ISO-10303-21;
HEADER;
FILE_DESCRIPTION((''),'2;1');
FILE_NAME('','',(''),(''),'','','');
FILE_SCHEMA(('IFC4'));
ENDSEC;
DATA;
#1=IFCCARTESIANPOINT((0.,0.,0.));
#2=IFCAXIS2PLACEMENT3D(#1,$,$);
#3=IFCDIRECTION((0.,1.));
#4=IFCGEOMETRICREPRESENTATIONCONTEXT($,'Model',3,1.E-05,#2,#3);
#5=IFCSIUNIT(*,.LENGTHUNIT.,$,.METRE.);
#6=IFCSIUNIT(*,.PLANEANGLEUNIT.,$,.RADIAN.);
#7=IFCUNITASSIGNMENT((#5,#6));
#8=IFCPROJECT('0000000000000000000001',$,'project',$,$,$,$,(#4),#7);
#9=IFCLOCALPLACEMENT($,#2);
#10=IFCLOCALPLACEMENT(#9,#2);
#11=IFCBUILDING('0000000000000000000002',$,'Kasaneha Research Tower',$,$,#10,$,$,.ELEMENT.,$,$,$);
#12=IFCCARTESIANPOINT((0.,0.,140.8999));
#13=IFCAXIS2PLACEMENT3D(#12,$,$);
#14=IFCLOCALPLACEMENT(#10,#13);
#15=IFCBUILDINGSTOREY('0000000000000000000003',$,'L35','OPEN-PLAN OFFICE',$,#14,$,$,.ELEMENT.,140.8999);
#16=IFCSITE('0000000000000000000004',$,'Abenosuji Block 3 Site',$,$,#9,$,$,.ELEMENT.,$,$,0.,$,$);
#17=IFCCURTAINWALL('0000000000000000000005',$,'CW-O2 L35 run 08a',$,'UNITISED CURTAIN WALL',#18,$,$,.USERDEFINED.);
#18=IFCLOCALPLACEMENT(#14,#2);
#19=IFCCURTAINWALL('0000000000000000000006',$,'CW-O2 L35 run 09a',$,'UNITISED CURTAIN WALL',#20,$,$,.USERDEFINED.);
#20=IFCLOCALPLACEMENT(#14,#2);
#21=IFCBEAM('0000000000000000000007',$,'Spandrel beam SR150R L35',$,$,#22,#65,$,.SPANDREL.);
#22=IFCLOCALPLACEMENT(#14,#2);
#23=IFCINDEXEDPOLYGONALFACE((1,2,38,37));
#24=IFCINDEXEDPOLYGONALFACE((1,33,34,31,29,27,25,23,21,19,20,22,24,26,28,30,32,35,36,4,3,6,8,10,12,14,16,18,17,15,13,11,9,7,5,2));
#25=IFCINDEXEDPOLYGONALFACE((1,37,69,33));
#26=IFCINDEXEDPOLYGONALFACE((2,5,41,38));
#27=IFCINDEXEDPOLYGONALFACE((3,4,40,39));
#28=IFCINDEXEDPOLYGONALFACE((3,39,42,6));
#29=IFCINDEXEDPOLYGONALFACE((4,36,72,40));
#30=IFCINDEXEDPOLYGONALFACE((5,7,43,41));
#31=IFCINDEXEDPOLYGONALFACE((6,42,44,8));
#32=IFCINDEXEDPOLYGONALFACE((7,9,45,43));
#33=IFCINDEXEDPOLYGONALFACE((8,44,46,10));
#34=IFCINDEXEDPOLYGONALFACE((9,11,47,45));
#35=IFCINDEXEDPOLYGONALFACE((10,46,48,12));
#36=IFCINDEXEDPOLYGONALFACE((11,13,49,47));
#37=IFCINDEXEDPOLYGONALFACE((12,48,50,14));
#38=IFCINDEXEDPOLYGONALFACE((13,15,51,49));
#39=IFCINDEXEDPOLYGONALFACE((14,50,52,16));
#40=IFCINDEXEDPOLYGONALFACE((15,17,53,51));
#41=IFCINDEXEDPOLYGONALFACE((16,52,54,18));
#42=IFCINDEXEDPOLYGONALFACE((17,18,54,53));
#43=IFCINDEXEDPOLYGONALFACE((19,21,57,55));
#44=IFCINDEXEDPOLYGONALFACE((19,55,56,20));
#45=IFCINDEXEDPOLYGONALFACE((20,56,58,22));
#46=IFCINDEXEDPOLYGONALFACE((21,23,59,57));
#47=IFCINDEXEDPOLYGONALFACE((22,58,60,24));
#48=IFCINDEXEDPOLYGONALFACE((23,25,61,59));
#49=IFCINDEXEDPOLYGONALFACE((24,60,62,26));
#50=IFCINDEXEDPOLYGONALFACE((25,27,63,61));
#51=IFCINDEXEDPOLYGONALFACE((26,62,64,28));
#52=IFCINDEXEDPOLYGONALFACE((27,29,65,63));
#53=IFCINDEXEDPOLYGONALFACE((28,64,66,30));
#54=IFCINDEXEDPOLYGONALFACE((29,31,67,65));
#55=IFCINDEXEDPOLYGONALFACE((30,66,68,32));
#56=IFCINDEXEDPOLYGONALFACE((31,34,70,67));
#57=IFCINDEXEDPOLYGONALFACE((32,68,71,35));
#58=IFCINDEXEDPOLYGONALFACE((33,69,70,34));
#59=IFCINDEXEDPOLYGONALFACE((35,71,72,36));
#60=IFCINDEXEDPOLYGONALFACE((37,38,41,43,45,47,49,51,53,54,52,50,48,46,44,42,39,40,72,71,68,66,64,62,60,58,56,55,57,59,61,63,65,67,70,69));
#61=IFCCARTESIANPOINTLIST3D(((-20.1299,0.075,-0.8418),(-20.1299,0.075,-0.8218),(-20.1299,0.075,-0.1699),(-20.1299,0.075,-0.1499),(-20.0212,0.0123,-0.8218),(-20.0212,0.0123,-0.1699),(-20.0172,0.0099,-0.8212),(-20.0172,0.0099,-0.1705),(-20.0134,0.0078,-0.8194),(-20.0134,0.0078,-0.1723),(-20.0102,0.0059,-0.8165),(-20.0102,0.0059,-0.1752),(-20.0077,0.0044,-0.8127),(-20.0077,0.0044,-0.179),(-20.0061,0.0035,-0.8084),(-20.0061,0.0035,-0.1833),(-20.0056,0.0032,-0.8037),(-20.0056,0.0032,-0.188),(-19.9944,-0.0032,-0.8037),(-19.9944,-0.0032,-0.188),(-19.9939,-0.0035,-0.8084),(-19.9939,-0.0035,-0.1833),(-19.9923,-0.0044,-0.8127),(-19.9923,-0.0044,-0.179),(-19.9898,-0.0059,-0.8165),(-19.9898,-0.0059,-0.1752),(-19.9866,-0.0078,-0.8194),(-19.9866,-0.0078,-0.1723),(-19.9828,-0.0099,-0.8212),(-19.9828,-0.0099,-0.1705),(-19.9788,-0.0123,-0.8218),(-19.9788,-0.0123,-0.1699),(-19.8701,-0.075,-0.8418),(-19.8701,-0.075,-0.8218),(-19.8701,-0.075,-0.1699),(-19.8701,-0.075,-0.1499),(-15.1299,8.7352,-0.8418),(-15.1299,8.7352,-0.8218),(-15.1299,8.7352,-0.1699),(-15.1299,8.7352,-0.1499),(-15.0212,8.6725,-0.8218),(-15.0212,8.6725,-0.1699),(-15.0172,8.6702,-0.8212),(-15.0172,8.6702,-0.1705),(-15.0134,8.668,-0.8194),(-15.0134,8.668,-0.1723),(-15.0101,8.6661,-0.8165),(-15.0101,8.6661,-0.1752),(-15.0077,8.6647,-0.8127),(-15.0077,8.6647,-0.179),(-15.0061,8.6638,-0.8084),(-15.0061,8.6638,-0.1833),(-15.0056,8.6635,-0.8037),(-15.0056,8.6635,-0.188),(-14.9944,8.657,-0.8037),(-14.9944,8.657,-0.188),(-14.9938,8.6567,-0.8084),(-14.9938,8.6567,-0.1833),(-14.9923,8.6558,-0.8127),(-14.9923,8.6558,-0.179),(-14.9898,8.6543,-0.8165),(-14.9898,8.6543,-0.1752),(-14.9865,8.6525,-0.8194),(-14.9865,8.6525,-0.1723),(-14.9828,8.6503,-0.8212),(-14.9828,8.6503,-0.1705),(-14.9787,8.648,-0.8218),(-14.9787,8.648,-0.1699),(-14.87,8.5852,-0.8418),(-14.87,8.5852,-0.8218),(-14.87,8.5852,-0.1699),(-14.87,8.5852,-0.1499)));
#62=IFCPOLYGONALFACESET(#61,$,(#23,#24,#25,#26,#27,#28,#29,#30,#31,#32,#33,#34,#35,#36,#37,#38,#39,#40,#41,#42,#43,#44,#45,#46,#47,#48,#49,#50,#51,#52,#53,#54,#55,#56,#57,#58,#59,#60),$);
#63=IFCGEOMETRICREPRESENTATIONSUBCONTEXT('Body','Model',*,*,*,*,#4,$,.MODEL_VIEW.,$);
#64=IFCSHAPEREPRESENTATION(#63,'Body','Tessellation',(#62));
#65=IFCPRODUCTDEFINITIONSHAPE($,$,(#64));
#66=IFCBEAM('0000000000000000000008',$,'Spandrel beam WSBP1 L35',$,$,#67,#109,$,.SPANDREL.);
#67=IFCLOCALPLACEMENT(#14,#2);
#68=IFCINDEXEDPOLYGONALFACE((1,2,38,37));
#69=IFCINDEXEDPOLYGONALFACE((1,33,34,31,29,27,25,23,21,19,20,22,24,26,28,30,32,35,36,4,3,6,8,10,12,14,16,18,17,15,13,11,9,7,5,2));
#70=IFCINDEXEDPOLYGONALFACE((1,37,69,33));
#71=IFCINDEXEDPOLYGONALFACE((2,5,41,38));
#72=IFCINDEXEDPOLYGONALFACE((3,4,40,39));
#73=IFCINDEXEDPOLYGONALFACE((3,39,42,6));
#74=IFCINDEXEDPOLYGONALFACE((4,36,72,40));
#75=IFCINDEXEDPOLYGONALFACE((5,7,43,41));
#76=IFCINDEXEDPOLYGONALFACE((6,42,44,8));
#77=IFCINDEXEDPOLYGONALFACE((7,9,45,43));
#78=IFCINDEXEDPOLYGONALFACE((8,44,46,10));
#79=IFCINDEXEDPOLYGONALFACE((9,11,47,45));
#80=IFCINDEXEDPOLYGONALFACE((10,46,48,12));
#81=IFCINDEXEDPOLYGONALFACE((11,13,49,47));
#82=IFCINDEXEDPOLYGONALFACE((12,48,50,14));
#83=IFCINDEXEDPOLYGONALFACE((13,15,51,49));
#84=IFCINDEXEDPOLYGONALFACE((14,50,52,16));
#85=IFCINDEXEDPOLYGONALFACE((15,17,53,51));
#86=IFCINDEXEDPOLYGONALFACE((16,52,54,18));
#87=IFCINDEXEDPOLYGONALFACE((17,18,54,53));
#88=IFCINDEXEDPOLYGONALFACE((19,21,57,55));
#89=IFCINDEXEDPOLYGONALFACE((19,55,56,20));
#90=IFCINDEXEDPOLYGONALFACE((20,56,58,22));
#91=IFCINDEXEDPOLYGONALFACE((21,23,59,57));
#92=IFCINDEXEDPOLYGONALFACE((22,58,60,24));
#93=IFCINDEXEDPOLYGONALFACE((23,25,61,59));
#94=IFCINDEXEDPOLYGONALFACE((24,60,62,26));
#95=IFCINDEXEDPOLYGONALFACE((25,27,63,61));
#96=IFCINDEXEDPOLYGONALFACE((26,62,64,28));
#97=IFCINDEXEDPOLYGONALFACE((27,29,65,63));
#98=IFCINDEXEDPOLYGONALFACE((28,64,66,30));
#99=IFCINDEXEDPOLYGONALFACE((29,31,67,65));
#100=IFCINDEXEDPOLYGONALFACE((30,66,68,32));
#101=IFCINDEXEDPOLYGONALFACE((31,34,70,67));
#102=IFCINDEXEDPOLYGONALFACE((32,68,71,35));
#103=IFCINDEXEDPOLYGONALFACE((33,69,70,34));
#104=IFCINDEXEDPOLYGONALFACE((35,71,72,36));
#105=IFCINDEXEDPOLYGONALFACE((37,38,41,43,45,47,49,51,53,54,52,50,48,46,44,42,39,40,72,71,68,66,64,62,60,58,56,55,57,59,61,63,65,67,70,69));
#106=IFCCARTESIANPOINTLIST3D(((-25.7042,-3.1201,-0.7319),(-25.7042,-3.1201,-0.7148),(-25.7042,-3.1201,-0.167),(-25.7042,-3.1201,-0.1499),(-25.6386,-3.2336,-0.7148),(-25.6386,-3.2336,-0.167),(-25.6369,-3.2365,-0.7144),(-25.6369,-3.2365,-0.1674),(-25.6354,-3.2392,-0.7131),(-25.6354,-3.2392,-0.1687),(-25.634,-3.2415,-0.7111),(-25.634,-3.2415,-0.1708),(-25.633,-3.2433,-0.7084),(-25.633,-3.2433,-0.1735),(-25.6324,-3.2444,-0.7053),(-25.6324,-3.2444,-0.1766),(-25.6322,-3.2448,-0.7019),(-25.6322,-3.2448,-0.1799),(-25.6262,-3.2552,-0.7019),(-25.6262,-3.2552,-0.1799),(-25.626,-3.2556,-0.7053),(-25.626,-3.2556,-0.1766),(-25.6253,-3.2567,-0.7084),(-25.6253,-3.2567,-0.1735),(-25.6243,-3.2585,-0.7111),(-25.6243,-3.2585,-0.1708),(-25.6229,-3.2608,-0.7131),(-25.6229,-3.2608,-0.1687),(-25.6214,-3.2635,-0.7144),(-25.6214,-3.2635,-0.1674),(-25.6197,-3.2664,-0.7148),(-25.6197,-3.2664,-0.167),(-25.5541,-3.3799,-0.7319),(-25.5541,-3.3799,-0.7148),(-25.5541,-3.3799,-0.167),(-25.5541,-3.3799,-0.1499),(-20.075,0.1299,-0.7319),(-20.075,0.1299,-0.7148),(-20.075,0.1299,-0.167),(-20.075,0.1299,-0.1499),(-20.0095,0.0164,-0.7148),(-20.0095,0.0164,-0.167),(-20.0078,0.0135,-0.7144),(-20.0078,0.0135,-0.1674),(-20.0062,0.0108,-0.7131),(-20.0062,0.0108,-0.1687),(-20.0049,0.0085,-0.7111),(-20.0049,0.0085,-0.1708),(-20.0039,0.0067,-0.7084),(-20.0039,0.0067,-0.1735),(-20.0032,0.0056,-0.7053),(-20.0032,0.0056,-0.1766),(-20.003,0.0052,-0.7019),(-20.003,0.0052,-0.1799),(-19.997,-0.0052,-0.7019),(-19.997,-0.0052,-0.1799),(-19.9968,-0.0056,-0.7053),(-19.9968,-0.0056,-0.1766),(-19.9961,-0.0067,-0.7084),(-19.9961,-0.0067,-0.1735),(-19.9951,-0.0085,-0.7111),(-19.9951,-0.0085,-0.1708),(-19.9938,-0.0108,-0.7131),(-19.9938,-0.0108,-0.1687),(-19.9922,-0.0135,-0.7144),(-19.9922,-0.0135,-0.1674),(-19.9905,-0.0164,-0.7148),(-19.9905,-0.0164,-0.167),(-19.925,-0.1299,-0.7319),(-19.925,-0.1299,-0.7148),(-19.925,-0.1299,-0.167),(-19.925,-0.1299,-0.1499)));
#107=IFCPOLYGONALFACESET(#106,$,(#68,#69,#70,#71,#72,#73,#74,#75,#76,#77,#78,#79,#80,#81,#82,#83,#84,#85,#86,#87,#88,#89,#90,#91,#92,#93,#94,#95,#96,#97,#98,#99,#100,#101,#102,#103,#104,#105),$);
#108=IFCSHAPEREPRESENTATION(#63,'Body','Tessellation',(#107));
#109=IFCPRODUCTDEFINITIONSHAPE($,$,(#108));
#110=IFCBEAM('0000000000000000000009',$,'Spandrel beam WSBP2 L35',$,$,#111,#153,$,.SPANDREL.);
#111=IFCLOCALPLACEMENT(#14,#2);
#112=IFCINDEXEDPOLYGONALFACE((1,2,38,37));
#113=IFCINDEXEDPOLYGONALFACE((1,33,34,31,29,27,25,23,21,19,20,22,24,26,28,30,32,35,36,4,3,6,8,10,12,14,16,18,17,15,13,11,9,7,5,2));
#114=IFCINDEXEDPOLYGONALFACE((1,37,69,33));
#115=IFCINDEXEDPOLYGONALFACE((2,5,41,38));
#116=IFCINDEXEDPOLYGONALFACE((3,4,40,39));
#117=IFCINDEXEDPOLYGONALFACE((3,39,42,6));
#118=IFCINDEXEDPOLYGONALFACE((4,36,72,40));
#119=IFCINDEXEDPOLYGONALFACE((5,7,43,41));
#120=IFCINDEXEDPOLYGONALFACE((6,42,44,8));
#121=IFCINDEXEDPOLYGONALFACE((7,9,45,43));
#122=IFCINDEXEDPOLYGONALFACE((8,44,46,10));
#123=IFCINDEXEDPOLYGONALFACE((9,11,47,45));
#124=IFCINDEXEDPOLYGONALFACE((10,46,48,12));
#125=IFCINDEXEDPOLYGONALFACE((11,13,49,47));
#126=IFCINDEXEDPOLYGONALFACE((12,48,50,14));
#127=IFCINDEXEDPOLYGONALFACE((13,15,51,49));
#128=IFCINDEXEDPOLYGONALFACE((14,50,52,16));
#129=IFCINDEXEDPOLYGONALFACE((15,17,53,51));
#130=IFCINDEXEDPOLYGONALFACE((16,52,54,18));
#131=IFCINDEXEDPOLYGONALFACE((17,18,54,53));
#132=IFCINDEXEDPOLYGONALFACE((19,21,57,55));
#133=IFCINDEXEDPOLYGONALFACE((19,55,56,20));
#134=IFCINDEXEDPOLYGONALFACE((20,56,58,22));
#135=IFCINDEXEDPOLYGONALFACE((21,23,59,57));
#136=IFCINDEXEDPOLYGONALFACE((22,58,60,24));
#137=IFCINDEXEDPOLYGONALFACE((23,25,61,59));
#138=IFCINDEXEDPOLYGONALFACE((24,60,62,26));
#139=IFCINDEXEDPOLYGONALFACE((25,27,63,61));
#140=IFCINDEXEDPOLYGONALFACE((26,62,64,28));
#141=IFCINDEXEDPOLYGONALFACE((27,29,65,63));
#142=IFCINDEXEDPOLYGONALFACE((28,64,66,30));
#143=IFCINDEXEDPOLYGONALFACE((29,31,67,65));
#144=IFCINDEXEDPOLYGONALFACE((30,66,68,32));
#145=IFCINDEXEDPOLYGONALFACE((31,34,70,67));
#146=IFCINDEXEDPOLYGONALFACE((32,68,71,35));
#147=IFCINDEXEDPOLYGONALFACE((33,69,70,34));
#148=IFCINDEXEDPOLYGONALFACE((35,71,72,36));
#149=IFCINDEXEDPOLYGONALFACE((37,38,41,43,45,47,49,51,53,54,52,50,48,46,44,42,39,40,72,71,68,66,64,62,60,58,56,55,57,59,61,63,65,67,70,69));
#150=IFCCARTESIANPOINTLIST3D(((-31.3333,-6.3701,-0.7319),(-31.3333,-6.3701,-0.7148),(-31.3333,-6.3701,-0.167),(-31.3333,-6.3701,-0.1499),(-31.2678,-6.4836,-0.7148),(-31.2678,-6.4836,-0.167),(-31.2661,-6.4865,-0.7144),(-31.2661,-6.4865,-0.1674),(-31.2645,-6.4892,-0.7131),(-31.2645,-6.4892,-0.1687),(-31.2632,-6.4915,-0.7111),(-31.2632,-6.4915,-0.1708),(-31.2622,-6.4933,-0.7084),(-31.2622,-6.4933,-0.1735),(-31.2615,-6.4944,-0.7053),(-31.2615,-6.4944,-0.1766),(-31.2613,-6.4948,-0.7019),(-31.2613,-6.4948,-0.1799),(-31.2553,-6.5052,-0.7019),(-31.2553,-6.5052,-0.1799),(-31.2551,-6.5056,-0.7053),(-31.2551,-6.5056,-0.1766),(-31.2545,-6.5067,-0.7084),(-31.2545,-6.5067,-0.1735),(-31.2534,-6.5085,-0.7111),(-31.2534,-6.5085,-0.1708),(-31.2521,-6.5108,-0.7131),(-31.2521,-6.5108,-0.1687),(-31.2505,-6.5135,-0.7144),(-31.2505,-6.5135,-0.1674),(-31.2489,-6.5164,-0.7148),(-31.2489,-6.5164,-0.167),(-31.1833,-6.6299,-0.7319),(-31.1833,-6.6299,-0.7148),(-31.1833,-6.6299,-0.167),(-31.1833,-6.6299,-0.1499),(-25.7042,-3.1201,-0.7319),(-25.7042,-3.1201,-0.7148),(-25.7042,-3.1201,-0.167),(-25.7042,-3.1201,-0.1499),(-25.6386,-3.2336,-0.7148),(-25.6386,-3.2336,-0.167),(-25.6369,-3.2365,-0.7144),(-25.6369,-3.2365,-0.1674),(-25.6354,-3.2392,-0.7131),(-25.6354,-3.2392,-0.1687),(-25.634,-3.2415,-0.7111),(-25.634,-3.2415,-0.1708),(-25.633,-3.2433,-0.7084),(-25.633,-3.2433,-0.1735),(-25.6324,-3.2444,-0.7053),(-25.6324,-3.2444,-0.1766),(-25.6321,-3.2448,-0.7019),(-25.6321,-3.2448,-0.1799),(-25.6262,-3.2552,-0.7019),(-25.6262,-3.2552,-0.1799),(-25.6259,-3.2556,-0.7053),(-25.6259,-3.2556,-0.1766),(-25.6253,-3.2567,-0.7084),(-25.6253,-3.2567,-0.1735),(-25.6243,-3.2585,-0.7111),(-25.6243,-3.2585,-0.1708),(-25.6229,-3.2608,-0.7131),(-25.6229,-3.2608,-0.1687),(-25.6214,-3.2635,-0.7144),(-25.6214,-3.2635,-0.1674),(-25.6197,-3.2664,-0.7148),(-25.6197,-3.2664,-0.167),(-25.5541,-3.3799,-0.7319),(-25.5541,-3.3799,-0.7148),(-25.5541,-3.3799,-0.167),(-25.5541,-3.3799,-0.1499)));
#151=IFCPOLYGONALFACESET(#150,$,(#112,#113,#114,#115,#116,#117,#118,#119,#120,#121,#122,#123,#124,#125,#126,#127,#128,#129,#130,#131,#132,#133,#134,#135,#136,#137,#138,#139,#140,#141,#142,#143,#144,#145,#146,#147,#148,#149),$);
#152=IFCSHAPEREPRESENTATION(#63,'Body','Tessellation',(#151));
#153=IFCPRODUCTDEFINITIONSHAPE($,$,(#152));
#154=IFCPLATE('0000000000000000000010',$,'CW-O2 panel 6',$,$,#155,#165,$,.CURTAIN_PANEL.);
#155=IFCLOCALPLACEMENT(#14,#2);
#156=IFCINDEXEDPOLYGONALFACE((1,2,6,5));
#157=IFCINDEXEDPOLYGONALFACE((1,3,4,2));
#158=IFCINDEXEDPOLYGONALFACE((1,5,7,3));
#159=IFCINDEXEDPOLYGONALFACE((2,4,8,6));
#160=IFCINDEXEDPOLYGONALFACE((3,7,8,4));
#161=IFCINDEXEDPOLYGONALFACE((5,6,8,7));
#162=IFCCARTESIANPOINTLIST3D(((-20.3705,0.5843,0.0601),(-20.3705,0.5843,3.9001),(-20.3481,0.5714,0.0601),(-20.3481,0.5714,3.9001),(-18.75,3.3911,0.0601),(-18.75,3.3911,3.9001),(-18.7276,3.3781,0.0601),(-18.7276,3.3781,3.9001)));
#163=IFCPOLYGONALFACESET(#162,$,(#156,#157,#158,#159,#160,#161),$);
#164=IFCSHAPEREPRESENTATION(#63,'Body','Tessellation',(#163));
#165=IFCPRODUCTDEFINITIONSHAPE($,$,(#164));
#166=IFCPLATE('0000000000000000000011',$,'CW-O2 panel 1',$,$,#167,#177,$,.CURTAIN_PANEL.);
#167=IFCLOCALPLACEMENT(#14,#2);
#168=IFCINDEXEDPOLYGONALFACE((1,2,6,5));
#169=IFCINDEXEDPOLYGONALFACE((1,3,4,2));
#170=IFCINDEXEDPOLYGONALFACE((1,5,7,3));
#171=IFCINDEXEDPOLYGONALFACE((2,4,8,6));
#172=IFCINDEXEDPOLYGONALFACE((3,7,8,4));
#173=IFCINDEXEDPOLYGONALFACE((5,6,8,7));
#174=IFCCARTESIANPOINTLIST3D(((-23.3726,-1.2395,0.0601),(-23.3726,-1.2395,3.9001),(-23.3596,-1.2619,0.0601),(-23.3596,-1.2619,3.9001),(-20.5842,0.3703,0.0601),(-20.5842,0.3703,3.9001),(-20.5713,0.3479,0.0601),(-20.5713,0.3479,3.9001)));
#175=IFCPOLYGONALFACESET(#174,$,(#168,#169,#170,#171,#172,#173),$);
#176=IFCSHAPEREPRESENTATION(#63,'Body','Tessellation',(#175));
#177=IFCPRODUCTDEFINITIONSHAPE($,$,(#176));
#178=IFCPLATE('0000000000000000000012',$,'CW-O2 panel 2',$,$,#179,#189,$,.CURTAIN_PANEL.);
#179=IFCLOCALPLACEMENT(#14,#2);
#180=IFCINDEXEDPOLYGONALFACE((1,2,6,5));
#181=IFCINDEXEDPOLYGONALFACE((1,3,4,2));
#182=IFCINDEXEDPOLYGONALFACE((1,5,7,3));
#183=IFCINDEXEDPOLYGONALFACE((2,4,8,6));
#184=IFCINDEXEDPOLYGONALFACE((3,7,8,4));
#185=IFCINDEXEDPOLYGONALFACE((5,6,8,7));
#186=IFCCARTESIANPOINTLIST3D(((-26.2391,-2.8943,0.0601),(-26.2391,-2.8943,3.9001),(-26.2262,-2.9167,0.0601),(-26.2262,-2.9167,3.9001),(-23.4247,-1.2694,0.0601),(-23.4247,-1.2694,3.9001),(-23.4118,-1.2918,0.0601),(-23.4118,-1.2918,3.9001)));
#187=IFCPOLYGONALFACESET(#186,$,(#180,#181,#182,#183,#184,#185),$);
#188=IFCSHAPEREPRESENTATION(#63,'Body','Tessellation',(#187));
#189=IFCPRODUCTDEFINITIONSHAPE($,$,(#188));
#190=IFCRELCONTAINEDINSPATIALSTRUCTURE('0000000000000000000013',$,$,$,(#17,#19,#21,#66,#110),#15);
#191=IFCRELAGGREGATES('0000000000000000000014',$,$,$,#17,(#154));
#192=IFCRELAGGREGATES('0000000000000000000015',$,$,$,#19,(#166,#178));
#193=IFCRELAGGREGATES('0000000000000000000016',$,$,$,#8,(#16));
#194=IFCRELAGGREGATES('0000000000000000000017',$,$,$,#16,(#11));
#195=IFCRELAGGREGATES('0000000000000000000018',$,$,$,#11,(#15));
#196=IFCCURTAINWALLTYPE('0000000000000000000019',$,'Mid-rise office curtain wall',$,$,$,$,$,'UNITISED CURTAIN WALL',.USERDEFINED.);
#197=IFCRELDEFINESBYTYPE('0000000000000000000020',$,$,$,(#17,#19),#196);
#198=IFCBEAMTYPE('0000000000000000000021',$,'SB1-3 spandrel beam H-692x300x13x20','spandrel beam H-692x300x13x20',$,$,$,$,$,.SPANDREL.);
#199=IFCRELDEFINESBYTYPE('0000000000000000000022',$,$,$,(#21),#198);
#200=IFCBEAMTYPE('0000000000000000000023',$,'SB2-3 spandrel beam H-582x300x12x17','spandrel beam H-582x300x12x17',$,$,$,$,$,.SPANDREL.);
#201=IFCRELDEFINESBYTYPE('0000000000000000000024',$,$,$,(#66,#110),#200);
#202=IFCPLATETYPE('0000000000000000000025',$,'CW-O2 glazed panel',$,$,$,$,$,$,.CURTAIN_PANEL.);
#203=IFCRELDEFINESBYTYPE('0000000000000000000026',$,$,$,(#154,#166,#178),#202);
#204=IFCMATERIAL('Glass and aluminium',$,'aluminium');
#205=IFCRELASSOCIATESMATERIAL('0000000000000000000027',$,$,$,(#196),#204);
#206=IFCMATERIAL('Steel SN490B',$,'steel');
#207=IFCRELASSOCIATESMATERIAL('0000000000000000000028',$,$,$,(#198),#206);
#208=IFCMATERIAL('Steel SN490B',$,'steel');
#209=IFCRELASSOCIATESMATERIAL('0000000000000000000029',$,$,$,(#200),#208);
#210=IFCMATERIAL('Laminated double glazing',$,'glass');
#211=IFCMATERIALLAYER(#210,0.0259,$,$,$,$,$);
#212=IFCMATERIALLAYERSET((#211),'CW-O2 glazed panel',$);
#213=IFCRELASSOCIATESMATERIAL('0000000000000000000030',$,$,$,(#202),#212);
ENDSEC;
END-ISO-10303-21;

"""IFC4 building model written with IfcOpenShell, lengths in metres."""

from ifc_helpers import new_model, si_unit, direction, frame, origin, origin_2d, place, context, subcontext, project, spatial, rectangle, i_section, extrude, material, layer, layer_set, material_profile, profile_set, type_object, element, aggregate, save


model = new_model("IFC4")

# Units and contexts
model_context = context("Model", 3, precision=1e-05, world=origin(), true_north=direction((0.0, 1.0)))
body_context = subcontext(model_context, "Body", "Model", "MODEL_VIEW")
ifc_project = project(units=[si_unit("LENGTHUNIT", "METRE"), si_unit("PLANEANGLEUNIT", "RADIAN")], contexts=[model_context])

# Site, building, storey
site_placement = place(None, origin())
site = spatial("IfcSite", under=ifc_project, at=site_placement, Name="Abenosuji Block 3 Site", CompositionType="ELEMENT", RefElevation=0.0)
building_placement = place(site_placement, origin())
building = spatial("IfcBuilding", under=site, at=building_placement, Name="Kasaneha Research Tower", CompositionType="ELEMENT")
storey_placement = place(building_placement, frame((0.0, 0.0, 140.8999)))
storey = spatial("IfcBuildingStorey", under=building, at=storey_placement, Name="L35", Description="OPEN-PLAN OFFICE", CompositionType="ELEMENT", Elevation=140.8999)

# Curtain wall
ifc_material_1 = material(Name="Glass and aluminium", Category="aluminium")
curtain_wall_type = type_object("IfcCurtainWallType", Name="Mid-rise office curtain wall", ElementType="UNITISED CURTAIN WALL", PredefinedType="USERDEFINED", material=ifc_material_1)
curtain_wall_1_placement = place(storey_placement, origin())
curtain_wall_1 = element("IfcCurtainWall", 1, at=curtain_wall_1_placement, inside=storey, type_object=curtain_wall_type, Name="CW-O2 L35 run 08a", ObjectType="UNITISED CURTAIN WALL", PredefinedType="USERDEFINED")

# Curtain wall
curtain_wall_2_placement = place(storey_placement, origin())
curtain_wall_2 = element("IfcCurtainWall", 2, at=curtain_wall_2_placement, inside=storey, type_object=curtain_wall_type, Name="CW-O2 L35 run 09a", ObjectType="UNITISED CURTAIN WALL", PredefinedType="USERDEFINED")

# Beams
ifc_material_2 = material(Name="Steel SN490B", Category="steel")
ifc_material_profile_1 = material_profile(ifc_material_2, i_section(OverallWidth=0.3, OverallDepth=0.6919, WebThickness=0.0129, FlangeThickness=0.02, FilletRadius=0.0181, at=origin_2d()), Name="H-692x300x13x20")
ifc_profile_set_1 = profile_set([ifc_material_profile_1], Name="Steel SN490B")
beam_type_1 = type_object("IfcBeamType", Name="SB1-3 spandrel beam H-692x300x13x20", Description="spandrel beam H-692x300x13x20", PredefinedType="SPANDREL", material=ifc_profile_set_1)
beam_1_placement = place(storey_placement, frame((-20.0, 0.0, -0.4958), z_axis=(0.500004, 0.866023, 0.0), x_axis=(-0.866023, 0.500004, 0.0)))
element("IfcBeam", 3, at=beam_1_placement, inside=storey, type_object=beam_type_1, Name="Spandrel beam SR150R L35", PredefinedType="SPANDREL", context=body_context, shape_type="SweptSolid", body=[
    extrude(i_section(OverallWidth=0.3, OverallDepth=0.6919, WebThickness=0.0129, FlangeThickness=0.02, FilletRadius=0.0181, at=origin_2d()), origin(), (0.0, 0.0, 1.0), 10.0),
])
ifc_material_3 = material(Name="Steel SN490B", Category="steel")
ifc_material_profile_2 = material_profile(ifc_material_3, i_section(OverallWidth=0.3, OverallDepth=0.582, WebThickness=0.012, FlangeThickness=0.0171, FilletRadius=0.0129, at=origin_2d()), Name="H-582x300x12x17")
ifc_profile_set_2 = profile_set([ifc_material_profile_2], Name="Steel SN490B")
beam_type_2 = type_object("IfcBeamType", Name="SB2-3 spandrel beam H-582x300x12x17", Description="spandrel beam H-582x300x12x17", PredefinedType="SPANDREL", material=ifc_profile_set_2)
for number, where, z_axis, x_axis, name in (
    (4, (-20.0, 0.0, -0.4409), (-0.866025, -0.500001, 0.0), (0.500001, -0.866025, 0.0), "Spandrel beam WSBP1 L35"),
    (5, (-25.6292, -3.25, -0.4409), (-0.866025, -0.500001, 0.0), (0.500001, -0.866025, 0.0), "Spandrel beam WSBP2 L35"),
):
    element("IfcBeam", number, at=place(storey_placement, frame(where, z_axis=z_axis, x_axis=x_axis)), inside=storey, type_object=beam_type_2, Name=name, PredefinedType="SPANDREL", context=body_context, shape_type="SweptSolid", body=[
        extrude(i_section(OverallWidth=0.3, OverallDepth=0.582, WebThickness=0.012, FlangeThickness=0.0171, FilletRadius=0.0129, at=origin_2d()), origin(), (0.0, 0.0, 1.0), 6.5),
    ])

# Plates
ifc_material_4 = material(Name="Laminated double glazing", Category="glass")
ifc_layer_1 = layer(ifc_material_4, 0.0259)
ifc_layer_set_1 = layer_set([ifc_layer_1], Name="CW-O2 glazed panel")
plate_type = type_object("IfcPlateType", Name="CW-O2 glazed panel", PredefinedType="CURTAIN_PANEL", material=ifc_layer_set_1)
plate_1_placement = place(storey_placement, frame((-19.5491, 1.9812, 0.0601), z_axis=(0.0, 0.0, 1.0), x_axis=(-0.5, -0.866025, 0.0)))
plate_1 = element("IfcPlate", 6, at=plate_1_placement, type_object=plate_type, Name="CW-O2 panel 6", PredefinedType="CURTAIN_PANEL", context=body_context, shape_type="SweptSolid", body=[
    extrude(rectangle(XDim=3.241, YDim=0.0259, at=origin_2d()), origin(), (0.0, 0.0, 1.0), 3.8401),
])
aggregate(curtain_wall_1, [plate_1])
plate_2_placement = place(storey_placement, frame((-21.9719, -0.4458, 0.0601), z_axis=(0.0, 0.0, 1.0), x_axis=(-0.866025, -0.5, 0.0)))
plate_2 = element("IfcPlate", 7, at=plate_2_placement, type_object=plate_type, Name="CW-O2 panel 1", PredefinedType="CURTAIN_PANEL", context=body_context, shape_type="SweptSolid", body=[
    extrude(rectangle(XDim=3.2197, YDim=0.0259, at=origin_2d()), origin(), (0.0, 0.0, 1.0), 3.8401),
])
plate_3_placement = place(storey_placement, frame((-24.8254, -2.093, 0.0601), z_axis=(0.0, 0.0, 1.0), x_axis=(-0.866025, -0.5, 0.0)))
plate_3 = element("IfcPlate", 8, at=plate_3_placement, type_object=plate_type, Name="CW-O2 panel 2", PredefinedType="CURTAIN_PANEL", context=body_context, shape_type="SweptSolid", body=[
    extrude(rectangle(XDim=3.2498, YDim=0.0259, at=origin_2d()), origin(), (0.0, 0.0, 1.0), 3.8401),
])
aggregate(curtain_wall_2, [plate_2, plate_3])

save(model, "model.ifc")
